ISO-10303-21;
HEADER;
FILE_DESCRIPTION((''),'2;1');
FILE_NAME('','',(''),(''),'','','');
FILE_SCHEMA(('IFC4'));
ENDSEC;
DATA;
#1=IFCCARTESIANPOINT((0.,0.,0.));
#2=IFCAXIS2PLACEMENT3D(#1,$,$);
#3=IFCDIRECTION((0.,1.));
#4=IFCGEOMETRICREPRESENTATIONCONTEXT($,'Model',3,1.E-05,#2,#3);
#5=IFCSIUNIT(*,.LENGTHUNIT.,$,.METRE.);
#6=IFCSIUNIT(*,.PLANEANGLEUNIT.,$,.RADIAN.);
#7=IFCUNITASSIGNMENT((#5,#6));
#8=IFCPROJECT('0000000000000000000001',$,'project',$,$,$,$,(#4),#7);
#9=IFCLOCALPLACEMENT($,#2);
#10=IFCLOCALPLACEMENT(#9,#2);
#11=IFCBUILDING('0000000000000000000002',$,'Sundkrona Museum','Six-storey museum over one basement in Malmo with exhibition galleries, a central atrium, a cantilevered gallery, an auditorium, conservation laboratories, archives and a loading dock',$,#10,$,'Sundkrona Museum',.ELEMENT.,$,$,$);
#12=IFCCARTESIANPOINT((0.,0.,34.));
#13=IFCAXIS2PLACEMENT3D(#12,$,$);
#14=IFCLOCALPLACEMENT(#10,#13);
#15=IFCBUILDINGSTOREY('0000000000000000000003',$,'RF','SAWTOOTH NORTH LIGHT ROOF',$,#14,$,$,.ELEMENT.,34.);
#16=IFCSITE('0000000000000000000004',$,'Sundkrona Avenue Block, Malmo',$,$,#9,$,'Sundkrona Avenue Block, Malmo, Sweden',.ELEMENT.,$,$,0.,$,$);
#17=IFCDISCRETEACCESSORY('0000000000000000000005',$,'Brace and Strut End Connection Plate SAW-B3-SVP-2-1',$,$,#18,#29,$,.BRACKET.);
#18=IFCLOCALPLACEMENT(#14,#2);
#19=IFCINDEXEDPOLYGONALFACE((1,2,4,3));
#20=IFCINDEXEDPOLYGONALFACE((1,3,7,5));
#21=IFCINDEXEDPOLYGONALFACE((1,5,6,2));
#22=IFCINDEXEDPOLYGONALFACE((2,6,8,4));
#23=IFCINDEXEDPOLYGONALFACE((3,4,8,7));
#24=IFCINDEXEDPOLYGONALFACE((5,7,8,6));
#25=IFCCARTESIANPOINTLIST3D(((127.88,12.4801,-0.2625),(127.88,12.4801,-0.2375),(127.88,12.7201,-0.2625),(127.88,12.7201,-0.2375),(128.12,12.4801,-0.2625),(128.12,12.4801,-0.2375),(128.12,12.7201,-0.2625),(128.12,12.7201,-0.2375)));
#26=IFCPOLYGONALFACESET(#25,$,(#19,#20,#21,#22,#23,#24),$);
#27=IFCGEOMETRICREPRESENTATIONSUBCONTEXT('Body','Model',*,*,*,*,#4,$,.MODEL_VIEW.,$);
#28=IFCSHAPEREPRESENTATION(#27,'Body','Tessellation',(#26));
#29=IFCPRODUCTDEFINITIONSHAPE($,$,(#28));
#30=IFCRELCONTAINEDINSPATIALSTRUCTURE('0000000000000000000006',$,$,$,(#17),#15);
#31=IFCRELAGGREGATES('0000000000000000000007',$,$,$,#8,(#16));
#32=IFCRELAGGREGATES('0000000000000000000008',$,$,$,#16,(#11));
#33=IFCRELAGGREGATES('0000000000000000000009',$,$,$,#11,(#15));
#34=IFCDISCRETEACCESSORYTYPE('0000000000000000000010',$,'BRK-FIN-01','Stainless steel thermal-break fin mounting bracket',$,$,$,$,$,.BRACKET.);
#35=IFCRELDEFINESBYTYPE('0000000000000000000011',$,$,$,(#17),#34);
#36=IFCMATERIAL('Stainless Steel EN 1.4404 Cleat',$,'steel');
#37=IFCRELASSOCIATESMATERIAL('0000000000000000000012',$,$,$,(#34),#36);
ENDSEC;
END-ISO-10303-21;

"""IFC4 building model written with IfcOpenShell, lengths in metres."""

from ifc_helpers import new_model, si_unit, direction, frame, origin, origin_2d, place, context, subcontext, project, spatial, rectangle, extrude, material, type_object, element, save


model = new_model("IFC4")

# Units and contexts
model_context = context("Model", 3, precision=1e-05, world=origin(), true_north=direction((0.0, 1.0)))
body_context = subcontext(model_context, "Body", "Model", "MODEL_VIEW")
ifc_project = project(units=[si_unit("LENGTHUNIT", "METRE"), si_unit("PLANEANGLEUNIT", "RADIAN")], contexts=[model_context])

# Site, building, storey
site_placement = place(None, origin())
site = spatial("IfcSite", under=ifc_project, at=site_placement, Name="Sundkrona Avenue Block, Malmo", LongName="Sundkrona Avenue Block, Malmo, Sweden", CompositionType="ELEMENT", RefElevation=0.0)
building_placement = place(site_placement, origin())
building = spatial("IfcBuilding", under=site, at=building_placement, Name="Sundkrona Museum", Description="Six-storey museum over one basement in Malmo with exhibition galleries, a central atrium, a cantilevered gallery, an auditorium, conservation laboratories, archives and a loading dock", LongName="Sundkrona Museum", CompositionType="ELEMENT")
storey_placement = place(building_placement, frame((0.0, 0.0, 34.0)))
storey = spatial("IfcBuildingStorey", under=building, at=storey_placement, Name="RF", Description="SAWTOOTH NORTH LIGHT ROOF", CompositionType="ELEMENT", Elevation=34.0)

# Discrete accessory
ifc_material_1 = material(Name="Stainless Steel EN 1.4404 Cleat", Category="steel")
discrete_accessory_type = type_object("IfcDiscreteAccessoryType", Name="BRK-FIN-01", Description="Stainless steel thermal-break fin mounting bracket", PredefinedType="BRACKET", material=ifc_material_1)
for number, where, z_axis, x_axis, name in (
    (1, (128.0, 12.6001, -0.2625), (0.0, 0.0, 1.0), (1.0, 0.0, 0.0), "Brace and Strut End Connection Plate SAW-B3-SVP-2-1"),
):
    element("IfcDiscreteAccessory", number, at=place(storey_placement, frame(where, z_axis=z_axis, x_axis=x_axis)), inside=storey, type_object=discrete_accessory_type, Name=name, PredefinedType="BRACKET", context=body_context, shape_type="SweptSolid", body=[
        extrude(rectangle(XDim=0.24, YDim=0.24, at=origin_2d()), origin(), (0.0, 0.0, 1.0), 0.0249),
    ])

save(model, "model.ifc")
